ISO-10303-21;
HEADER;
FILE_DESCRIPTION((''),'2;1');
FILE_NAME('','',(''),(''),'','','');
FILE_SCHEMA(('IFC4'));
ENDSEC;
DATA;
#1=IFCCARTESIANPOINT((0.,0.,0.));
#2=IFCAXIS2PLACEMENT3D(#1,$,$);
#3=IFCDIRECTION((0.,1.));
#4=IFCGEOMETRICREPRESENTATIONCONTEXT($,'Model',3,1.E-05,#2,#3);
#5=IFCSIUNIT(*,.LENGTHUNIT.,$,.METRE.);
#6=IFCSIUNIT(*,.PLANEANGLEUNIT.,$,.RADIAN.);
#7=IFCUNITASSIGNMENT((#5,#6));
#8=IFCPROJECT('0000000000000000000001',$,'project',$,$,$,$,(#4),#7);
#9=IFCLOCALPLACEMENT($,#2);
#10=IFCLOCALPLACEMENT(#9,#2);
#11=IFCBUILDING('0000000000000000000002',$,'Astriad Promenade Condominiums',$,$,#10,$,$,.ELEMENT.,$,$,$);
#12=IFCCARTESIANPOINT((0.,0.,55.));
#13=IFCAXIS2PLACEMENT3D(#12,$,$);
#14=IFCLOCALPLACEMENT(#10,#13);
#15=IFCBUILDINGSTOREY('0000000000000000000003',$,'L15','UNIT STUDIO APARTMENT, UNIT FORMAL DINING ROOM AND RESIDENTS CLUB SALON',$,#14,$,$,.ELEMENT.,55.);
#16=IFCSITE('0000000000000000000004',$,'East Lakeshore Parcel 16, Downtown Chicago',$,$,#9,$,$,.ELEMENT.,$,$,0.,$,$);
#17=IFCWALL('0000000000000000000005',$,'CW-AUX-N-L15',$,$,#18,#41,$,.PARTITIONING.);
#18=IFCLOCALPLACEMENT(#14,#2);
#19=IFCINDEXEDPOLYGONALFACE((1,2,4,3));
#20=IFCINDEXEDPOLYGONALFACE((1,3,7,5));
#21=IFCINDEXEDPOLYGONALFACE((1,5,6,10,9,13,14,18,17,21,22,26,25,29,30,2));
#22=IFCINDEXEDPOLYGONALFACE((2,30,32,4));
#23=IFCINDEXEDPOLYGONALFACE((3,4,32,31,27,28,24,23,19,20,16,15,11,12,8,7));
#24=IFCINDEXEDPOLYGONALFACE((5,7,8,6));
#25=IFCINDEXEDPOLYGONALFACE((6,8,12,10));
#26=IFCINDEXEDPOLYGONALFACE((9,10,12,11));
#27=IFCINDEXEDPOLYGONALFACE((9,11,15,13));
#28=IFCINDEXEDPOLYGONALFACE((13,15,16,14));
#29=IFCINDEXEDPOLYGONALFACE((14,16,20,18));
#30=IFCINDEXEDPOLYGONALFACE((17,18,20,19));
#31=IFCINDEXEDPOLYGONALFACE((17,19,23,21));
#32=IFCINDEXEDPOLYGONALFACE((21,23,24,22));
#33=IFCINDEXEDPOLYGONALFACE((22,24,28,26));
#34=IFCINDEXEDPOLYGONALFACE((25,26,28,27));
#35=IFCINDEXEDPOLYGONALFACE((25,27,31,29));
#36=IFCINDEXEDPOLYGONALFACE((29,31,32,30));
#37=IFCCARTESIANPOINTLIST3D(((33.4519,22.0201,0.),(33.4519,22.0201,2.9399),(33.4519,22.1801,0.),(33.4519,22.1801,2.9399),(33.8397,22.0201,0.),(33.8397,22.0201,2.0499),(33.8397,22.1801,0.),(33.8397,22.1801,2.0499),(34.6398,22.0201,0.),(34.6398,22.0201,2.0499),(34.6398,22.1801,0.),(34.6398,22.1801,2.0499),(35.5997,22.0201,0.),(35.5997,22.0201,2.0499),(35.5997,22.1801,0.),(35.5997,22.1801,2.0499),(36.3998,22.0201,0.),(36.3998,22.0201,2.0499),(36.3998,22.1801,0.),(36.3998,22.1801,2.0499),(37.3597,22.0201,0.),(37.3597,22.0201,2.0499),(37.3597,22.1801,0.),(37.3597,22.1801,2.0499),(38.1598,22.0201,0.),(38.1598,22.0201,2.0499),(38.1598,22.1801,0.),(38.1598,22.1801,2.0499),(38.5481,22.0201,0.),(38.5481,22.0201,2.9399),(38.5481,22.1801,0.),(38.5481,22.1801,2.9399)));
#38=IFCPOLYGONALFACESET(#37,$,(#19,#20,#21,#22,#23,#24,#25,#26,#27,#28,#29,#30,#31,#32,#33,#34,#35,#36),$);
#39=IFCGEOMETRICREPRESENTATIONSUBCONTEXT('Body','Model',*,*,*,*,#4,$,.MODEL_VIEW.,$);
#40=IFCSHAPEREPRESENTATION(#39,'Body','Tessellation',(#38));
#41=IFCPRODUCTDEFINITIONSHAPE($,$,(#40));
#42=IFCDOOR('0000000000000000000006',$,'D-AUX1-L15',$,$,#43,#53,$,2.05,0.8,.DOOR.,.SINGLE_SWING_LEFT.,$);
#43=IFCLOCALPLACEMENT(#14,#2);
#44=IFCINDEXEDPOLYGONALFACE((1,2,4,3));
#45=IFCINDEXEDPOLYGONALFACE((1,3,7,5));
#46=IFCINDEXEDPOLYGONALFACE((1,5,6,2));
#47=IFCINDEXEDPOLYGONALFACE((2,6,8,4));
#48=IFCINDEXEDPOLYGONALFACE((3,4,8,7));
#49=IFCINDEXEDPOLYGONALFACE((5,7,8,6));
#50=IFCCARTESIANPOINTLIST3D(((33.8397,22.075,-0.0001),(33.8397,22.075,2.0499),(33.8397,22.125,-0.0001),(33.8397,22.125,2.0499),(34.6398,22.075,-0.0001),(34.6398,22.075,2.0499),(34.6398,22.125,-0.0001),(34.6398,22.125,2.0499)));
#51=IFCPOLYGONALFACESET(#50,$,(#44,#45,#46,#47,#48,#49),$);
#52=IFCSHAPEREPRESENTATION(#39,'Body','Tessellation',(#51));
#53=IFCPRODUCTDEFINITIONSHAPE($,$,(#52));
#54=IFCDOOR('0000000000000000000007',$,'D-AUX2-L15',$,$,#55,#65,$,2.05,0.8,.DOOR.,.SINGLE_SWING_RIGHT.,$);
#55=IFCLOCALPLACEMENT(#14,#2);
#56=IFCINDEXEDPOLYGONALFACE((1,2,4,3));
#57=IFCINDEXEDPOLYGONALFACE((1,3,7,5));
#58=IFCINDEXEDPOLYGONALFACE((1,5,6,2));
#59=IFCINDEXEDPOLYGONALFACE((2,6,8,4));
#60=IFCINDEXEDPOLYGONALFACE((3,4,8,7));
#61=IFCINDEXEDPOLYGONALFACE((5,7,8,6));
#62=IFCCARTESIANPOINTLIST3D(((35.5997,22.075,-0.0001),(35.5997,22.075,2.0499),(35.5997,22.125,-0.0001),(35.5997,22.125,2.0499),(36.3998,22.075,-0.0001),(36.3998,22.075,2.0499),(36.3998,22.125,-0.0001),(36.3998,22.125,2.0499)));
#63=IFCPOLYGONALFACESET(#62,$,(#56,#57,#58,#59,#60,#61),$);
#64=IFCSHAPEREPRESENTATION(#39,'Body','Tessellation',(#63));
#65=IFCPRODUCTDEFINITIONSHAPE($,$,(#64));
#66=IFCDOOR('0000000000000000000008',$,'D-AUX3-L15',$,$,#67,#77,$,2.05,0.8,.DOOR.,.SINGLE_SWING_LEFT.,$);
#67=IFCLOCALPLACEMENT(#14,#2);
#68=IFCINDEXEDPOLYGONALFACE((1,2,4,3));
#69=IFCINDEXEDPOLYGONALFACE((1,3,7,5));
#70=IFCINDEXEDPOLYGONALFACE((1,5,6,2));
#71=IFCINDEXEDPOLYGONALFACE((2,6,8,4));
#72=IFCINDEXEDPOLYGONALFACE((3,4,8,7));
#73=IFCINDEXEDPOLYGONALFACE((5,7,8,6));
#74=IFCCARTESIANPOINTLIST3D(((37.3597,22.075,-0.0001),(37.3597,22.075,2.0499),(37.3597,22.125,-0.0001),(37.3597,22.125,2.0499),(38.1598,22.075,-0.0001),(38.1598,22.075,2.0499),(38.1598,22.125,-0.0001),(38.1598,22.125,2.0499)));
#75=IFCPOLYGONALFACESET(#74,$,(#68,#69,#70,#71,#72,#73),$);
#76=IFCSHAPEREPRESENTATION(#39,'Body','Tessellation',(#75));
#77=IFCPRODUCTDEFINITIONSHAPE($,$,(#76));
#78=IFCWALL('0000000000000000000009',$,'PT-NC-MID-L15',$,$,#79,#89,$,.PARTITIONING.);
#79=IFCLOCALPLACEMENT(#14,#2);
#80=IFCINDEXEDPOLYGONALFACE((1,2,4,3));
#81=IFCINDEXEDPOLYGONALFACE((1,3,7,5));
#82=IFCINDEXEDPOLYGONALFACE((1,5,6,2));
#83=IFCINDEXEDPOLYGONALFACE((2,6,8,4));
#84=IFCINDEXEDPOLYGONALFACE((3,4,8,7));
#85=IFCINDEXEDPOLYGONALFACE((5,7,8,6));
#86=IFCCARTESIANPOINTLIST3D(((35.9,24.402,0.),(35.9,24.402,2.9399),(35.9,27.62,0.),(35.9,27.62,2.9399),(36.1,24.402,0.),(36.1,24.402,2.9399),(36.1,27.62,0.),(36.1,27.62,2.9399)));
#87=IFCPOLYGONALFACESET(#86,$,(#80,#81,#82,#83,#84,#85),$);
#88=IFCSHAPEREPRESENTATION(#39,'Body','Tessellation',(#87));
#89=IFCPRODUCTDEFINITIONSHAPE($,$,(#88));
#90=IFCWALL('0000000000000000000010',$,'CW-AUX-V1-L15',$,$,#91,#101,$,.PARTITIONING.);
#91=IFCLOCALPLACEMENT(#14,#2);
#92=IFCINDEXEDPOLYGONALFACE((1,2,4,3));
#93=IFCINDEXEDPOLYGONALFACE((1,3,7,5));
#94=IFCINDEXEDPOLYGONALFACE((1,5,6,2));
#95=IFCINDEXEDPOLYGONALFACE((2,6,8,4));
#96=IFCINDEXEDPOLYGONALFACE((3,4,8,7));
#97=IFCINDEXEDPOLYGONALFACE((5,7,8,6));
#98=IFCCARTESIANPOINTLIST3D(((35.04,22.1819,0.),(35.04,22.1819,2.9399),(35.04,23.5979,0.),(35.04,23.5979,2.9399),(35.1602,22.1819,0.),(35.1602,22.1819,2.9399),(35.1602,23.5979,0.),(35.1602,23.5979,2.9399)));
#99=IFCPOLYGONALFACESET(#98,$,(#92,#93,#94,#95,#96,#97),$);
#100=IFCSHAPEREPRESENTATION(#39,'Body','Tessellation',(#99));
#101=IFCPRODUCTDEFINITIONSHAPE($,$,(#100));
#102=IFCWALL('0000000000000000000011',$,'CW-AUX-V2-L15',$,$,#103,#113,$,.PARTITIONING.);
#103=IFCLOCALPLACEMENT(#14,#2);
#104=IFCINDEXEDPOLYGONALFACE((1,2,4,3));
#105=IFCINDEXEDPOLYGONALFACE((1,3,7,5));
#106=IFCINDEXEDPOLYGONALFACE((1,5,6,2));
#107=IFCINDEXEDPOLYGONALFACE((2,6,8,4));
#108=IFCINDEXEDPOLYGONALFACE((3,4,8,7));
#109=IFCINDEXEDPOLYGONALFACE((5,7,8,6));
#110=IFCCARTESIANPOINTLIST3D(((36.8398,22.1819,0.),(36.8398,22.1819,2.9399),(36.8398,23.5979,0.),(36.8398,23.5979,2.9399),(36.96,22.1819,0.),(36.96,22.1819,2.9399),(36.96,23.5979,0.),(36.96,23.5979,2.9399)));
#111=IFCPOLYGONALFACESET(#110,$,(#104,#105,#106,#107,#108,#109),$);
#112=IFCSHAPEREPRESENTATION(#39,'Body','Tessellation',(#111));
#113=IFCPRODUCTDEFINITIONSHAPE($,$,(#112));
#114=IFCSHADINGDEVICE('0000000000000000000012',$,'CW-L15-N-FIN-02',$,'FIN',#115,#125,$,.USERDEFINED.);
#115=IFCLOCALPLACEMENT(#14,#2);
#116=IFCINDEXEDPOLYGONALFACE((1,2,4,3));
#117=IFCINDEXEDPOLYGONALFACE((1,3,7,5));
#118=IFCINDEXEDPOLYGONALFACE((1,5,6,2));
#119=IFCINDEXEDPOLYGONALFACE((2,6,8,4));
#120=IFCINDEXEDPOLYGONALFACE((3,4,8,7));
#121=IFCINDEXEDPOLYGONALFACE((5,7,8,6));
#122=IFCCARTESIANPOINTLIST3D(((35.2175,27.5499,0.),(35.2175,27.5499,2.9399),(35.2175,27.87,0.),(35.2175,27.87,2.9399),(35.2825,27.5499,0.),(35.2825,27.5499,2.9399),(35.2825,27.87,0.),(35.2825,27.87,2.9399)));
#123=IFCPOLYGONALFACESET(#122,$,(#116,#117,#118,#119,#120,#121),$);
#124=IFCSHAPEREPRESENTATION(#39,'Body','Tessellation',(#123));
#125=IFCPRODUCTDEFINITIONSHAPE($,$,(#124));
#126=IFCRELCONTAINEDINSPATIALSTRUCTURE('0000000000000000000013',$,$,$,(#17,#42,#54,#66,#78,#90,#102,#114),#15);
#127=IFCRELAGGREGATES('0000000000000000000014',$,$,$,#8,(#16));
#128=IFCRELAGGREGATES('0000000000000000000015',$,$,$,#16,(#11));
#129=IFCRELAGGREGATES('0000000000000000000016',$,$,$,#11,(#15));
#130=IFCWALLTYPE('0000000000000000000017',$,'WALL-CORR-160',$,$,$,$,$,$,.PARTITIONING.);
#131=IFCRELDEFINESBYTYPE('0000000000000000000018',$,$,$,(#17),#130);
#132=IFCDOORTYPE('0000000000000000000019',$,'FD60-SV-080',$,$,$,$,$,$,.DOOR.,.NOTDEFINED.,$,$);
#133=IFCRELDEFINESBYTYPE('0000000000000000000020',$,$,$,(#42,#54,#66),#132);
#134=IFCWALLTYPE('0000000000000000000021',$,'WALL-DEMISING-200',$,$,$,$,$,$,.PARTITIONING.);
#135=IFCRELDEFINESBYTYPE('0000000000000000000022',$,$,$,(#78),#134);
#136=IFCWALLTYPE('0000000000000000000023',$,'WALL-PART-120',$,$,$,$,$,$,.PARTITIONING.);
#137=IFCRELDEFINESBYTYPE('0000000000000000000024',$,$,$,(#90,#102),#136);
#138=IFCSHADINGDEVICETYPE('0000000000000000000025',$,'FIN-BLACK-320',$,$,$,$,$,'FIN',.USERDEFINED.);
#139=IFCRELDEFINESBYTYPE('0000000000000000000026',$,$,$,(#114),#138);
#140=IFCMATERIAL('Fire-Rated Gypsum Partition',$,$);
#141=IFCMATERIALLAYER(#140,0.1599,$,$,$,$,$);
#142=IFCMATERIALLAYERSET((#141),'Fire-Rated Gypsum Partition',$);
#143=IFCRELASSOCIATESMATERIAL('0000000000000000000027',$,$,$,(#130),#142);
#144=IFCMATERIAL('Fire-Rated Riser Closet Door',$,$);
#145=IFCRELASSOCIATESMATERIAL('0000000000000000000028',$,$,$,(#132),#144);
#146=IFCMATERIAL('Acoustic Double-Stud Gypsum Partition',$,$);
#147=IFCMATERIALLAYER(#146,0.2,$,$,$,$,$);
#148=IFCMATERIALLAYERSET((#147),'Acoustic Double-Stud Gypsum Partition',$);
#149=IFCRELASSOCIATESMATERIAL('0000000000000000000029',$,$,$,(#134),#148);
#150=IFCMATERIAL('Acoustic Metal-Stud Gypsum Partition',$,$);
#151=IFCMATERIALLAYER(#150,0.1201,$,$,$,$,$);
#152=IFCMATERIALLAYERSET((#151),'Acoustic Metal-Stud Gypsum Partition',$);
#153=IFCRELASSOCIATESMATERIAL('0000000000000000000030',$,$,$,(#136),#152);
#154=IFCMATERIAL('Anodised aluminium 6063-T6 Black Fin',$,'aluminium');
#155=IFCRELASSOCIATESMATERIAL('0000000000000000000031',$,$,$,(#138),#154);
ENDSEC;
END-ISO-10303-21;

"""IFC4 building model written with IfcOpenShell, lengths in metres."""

from ifc_helpers import new_model, si_unit, direction, frame, frame_2d, origin, origin_2d, place, context, subcontext, project, spatial, rectangle, extrude, source, transform, mapped, material, layer, layer_set, type_object, type_shapes, element, fill, save


model = new_model("IFC4")

# Units and contexts
model_context = context("Model", 3, precision=1e-05, world=origin(), true_north=direction((0.0, 1.0)))
body_context = subcontext(model_context, "Body", "Model", "MODEL_VIEW")
ifc_project = project(units=[si_unit("LENGTHUNIT", "METRE"), si_unit("PLANEANGLEUNIT", "RADIAN")], contexts=[model_context])

# Site, building, storey
site_placement = place(None, origin())
site = spatial("IfcSite", under=ifc_project, at=site_placement, Name="East Lakeshore Parcel 16, Downtown Chicago", CompositionType="ELEMENT", RefElevation=0.0)
building_placement = place(site_placement, origin())
building = spatial("IfcBuilding", under=site, at=building_placement, Name="Astriad Promenade Condominiums", CompositionType="ELEMENT")
storey_placement = place(building_placement, frame((0.0, 0.0, 55.0)))
storey = spatial("IfcBuildingStorey", under=building, at=storey_placement, Name="L15", Description="UNIT STUDIO APARTMENT, UNIT FORMAL DINING ROOM AND RESIDENTS CLUB SALON", CompositionType="ELEMENT", Elevation=55.0)

# Shared definitions
ifc_material_1 = material(Name="Fire-Rated Gypsum Partition")
ifc_layer_1 = layer(ifc_material_1, 0.1599)
ifc_layer_set_1 = layer_set([ifc_layer_1], Name="Fire-Rated Gypsum Partition")
wall_type_1 = type_object("IfcWallType", Name="WALL-CORR-160", PredefinedType="PARTITIONING", material=ifc_layer_set_1)

# Wall, openings, doors
wall_1_placement = place(storey_placement, frame((33.4519, 22.1001, 0.0), z_axis=(0.0, 0.0, 1.0), x_axis=(1.0, 0.0, 0.0)))
wall_1 = element("IfcWall", 1, at=wall_1_placement, inside=storey, type_object=wall_type_1, Name="CW-AUX-N-L15", PredefinedType="PARTITIONING", context=body_context, shape_type="SweptSolid", body=[
    extrude(rectangle(XDim=5.0962, YDim=0.1599, at=frame_2d((2.5481, 0.0))), origin(), (0.0, 0.0, 1.0), 2.9399),
])
opening_1_placement = place(wall_1_placement, frame((0.3879, 0.0, 0.0)))
opening_1 = element("IfcOpeningElement", 2, at=opening_1_placement, cuts=wall_1, PredefinedType="OPENING", context=body_context, shape_type="SweptSolid", body=[
    extrude(rectangle(XDim=0.8, YDim=2.05, at=frame_2d((0.3999, 1.0249))), frame((0.0, 0.0898, 0.0), z_axis=(0.0, -1.0, 0.0), x_axis=(1.0, 0.0, 0.0)), (0.0, 0.0, 1.0), 0.1799),
])
opening_2_placement = place(wall_1_placement, frame((2.1479, 0.0, 0.0)))
opening_2 = element("IfcOpeningElement", 3, at=opening_2_placement, cuts=wall_1, PredefinedType="OPENING", context=body_context, shape_type="SweptSolid", body=[
    extrude(rectangle(XDim=0.8, YDim=2.05, at=frame_2d((0.3999, 1.0249))), frame((0.0, 0.0898, 0.0), z_axis=(0.0, -1.0, 0.0), x_axis=(1.0, 0.0, 0.0)), (0.0, 0.0, 1.0), 0.1799),
])
opening_3_placement = place(wall_1_placement, frame((3.908, 0.0, 0.0)))
opening_3 = element("IfcOpeningElement", 4, at=opening_3_placement, cuts=wall_1, PredefinedType="OPENING", context=body_context, shape_type="SweptSolid", body=[
    extrude(rectangle(XDim=0.8, YDim=2.05, at=frame_2d((0.3999, 1.0249))), frame((0.0, 0.0898, 0.0), z_axis=(0.0, -1.0, 0.0), x_axis=(1.0, 0.0, 0.0)), (0.0, 0.0, 1.0), 0.1799),
])
ifc_material_2 = material(Name="Fire-Rated Riser Closet Door")
door_type_1 = type_object("IfcDoorType", Name="FD60-SV-080", OperationType="NOTDEFINED", PredefinedType="DOOR", material=ifc_material_2)
shared_shape_1 = source(origin(), body_context, "Body", "SweptSolid", [
    extrude(rectangle(XDim=0.8, YDim=2.05, at=frame_2d((0.3999, 1.0249))), frame((0.0, 0.0249, 0.0), z_axis=(0.0, -1.0, 0.0), x_axis=(1.0, 0.0, 0.0)), (0.0, 0.0, 1.0), 0.05),
])
type_shapes(door_type_1, [shared_shape_1])
door_1_placement = place(opening_1_placement, origin())
door_1 = element("IfcDoor", 5, at=door_1_placement, inside=storey, type_object=door_type_1, Name="D-AUX1-L15", OperationType="SINGLE_SWING_LEFT", OverallHeight=2.05, OverallWidth=0.8, PredefinedType="DOOR", context=body_context, shape_type="MappedRepresentation", body=[
    mapped(shared_shape_1, transform((0.0, 0.0, 0.0), scale=1.0)),
])
fill(opening_1, door_1)
door_2_placement = place(opening_2_placement, origin())
door_2 = element("IfcDoor", 6, at=door_2_placement, inside=storey, type_object=door_type_1, Name="D-AUX2-L15", OperationType="SINGLE_SWING_RIGHT", OverallHeight=2.05, OverallWidth=0.8, PredefinedType="DOOR", context=body_context, shape_type="MappedRepresentation", body=[
    mapped(shared_shape_1, transform((0.0, 0.0, 0.0), scale=1.0)),
])
fill(opening_2, door_2)
door_3_placement = place(opening_3_placement, origin())
door_3 = element("IfcDoor", 7, at=door_3_placement, inside=storey, type_object=door_type_1, Name="D-AUX3-L15", OperationType="SINGLE_SWING_LEFT", OverallHeight=2.05, OverallWidth=0.8, PredefinedType="DOOR", context=body_context, shape_type="MappedRepresentation", body=[
    mapped(shared_shape_1, transform((0.0, 0.0, 0.0), scale=1.0)),
])
fill(opening_3, door_3)

# Walls
ifc_material_3 = material(Name="Acoustic Double-Stud Gypsum Partition")
ifc_layer_2 = layer(ifc_material_3, 0.2)
ifc_layer_set_2 = layer_set([ifc_layer_2], Name="Acoustic Double-Stud Gypsum Partition")
wall_type_2 = type_object("IfcWallType", Name="WALL-DEMISING-200", PredefinedType="PARTITIONING", material=ifc_layer_set_2)
wall_2_placement = place(storey_placement, frame((36.0, 24.4021, 0.0), z_axis=(0.0, 0.0, 1.0), x_axis=(0.0, 1.0, 0.0)))
element("IfcWall", 8, at=wall_2_placement, inside=storey, type_object=wall_type_2, Name="PT-NC-MID-L15", PredefinedType="PARTITIONING", context=body_context, shape_type="SweptSolid", body=[
    extrude(rectangle(XDim=3.218, YDim=0.2, at=frame_2d((1.6089, 0.0))), origin(), (0.0, 0.0, 1.0), 2.9399),
])
ifc_material_4 = material(Name="Acoustic Metal-Stud Gypsum Partition")
ifc_layer_3 = layer(ifc_material_4, 0.1201)
ifc_layer_set_3 = layer_set([ifc_layer_3], Name="Acoustic Metal-Stud Gypsum Partition")
wall_type_3 = type_object("IfcWallType", Name="WALL-PART-120", PredefinedType="PARTITIONING", material=ifc_layer_set_3)
for number, where, z_axis, x_axis, name in (
    (9, (35.1001, 22.1819, 0.0), (0.0, 0.0, 1.0), (0.0, 1.0, 0.0), "CW-AUX-V1-L15"),
    (10, (36.8999, 22.1819, 0.0), (0.0, 0.0, 1.0), (0.0, 1.0, 0.0), "CW-AUX-V2-L15"),
):
    element("IfcWall", number, at=place(storey_placement, frame(where, z_axis=z_axis, x_axis=x_axis)), inside=storey, type_object=wall_type_3, Name=name, PredefinedType="PARTITIONING", context=body_context, shape_type="SweptSolid", body=[
        extrude(rectangle(XDim=1.416, YDim=0.1201, at=frame_2d((0.708, 0.0))), origin(), (0.0, 0.0, 1.0), 2.9399),
    ])

# Shading device
ifc_material_5 = material(Name="Anodised aluminium 6063-T6 Black Fin", Category="aluminium")
shading_device_type = type_object("IfcShadingDeviceType", Name="FIN-BLACK-320", ElementType="FIN", PredefinedType="USERDEFINED", material=ifc_material_5)
shared_shape_2 = source(origin(), body_context, "Body", "SweptSolid", [
    extrude(rectangle(XDim=0.0649, YDim=0.3201, at=origin_2d()), origin(), (0.0, 0.0, 1.0), 2.9399),
])
type_shapes(shading_device_type, [shared_shape_2])
shading_device_placement = place(storey_placement, frame((35.25, 27.71, 0.0), z_axis=(0.0, 0.0, 1.0), x_axis=(1.0, 0.0, 0.0)))
element("IfcShadingDevice", 11, at=shading_device_placement, inside=storey, type_object=shading_device_type, Name="CW-L15-N-FIN-02", ObjectType="FIN", PredefinedType="USERDEFINED", context=body_context, shape_type="MappedRepresentation", body=[
    mapped(shared_shape_2, transform((0.0, 0.0, 0.0), scale=1.0)),
])

save(model, "model.ifc")
